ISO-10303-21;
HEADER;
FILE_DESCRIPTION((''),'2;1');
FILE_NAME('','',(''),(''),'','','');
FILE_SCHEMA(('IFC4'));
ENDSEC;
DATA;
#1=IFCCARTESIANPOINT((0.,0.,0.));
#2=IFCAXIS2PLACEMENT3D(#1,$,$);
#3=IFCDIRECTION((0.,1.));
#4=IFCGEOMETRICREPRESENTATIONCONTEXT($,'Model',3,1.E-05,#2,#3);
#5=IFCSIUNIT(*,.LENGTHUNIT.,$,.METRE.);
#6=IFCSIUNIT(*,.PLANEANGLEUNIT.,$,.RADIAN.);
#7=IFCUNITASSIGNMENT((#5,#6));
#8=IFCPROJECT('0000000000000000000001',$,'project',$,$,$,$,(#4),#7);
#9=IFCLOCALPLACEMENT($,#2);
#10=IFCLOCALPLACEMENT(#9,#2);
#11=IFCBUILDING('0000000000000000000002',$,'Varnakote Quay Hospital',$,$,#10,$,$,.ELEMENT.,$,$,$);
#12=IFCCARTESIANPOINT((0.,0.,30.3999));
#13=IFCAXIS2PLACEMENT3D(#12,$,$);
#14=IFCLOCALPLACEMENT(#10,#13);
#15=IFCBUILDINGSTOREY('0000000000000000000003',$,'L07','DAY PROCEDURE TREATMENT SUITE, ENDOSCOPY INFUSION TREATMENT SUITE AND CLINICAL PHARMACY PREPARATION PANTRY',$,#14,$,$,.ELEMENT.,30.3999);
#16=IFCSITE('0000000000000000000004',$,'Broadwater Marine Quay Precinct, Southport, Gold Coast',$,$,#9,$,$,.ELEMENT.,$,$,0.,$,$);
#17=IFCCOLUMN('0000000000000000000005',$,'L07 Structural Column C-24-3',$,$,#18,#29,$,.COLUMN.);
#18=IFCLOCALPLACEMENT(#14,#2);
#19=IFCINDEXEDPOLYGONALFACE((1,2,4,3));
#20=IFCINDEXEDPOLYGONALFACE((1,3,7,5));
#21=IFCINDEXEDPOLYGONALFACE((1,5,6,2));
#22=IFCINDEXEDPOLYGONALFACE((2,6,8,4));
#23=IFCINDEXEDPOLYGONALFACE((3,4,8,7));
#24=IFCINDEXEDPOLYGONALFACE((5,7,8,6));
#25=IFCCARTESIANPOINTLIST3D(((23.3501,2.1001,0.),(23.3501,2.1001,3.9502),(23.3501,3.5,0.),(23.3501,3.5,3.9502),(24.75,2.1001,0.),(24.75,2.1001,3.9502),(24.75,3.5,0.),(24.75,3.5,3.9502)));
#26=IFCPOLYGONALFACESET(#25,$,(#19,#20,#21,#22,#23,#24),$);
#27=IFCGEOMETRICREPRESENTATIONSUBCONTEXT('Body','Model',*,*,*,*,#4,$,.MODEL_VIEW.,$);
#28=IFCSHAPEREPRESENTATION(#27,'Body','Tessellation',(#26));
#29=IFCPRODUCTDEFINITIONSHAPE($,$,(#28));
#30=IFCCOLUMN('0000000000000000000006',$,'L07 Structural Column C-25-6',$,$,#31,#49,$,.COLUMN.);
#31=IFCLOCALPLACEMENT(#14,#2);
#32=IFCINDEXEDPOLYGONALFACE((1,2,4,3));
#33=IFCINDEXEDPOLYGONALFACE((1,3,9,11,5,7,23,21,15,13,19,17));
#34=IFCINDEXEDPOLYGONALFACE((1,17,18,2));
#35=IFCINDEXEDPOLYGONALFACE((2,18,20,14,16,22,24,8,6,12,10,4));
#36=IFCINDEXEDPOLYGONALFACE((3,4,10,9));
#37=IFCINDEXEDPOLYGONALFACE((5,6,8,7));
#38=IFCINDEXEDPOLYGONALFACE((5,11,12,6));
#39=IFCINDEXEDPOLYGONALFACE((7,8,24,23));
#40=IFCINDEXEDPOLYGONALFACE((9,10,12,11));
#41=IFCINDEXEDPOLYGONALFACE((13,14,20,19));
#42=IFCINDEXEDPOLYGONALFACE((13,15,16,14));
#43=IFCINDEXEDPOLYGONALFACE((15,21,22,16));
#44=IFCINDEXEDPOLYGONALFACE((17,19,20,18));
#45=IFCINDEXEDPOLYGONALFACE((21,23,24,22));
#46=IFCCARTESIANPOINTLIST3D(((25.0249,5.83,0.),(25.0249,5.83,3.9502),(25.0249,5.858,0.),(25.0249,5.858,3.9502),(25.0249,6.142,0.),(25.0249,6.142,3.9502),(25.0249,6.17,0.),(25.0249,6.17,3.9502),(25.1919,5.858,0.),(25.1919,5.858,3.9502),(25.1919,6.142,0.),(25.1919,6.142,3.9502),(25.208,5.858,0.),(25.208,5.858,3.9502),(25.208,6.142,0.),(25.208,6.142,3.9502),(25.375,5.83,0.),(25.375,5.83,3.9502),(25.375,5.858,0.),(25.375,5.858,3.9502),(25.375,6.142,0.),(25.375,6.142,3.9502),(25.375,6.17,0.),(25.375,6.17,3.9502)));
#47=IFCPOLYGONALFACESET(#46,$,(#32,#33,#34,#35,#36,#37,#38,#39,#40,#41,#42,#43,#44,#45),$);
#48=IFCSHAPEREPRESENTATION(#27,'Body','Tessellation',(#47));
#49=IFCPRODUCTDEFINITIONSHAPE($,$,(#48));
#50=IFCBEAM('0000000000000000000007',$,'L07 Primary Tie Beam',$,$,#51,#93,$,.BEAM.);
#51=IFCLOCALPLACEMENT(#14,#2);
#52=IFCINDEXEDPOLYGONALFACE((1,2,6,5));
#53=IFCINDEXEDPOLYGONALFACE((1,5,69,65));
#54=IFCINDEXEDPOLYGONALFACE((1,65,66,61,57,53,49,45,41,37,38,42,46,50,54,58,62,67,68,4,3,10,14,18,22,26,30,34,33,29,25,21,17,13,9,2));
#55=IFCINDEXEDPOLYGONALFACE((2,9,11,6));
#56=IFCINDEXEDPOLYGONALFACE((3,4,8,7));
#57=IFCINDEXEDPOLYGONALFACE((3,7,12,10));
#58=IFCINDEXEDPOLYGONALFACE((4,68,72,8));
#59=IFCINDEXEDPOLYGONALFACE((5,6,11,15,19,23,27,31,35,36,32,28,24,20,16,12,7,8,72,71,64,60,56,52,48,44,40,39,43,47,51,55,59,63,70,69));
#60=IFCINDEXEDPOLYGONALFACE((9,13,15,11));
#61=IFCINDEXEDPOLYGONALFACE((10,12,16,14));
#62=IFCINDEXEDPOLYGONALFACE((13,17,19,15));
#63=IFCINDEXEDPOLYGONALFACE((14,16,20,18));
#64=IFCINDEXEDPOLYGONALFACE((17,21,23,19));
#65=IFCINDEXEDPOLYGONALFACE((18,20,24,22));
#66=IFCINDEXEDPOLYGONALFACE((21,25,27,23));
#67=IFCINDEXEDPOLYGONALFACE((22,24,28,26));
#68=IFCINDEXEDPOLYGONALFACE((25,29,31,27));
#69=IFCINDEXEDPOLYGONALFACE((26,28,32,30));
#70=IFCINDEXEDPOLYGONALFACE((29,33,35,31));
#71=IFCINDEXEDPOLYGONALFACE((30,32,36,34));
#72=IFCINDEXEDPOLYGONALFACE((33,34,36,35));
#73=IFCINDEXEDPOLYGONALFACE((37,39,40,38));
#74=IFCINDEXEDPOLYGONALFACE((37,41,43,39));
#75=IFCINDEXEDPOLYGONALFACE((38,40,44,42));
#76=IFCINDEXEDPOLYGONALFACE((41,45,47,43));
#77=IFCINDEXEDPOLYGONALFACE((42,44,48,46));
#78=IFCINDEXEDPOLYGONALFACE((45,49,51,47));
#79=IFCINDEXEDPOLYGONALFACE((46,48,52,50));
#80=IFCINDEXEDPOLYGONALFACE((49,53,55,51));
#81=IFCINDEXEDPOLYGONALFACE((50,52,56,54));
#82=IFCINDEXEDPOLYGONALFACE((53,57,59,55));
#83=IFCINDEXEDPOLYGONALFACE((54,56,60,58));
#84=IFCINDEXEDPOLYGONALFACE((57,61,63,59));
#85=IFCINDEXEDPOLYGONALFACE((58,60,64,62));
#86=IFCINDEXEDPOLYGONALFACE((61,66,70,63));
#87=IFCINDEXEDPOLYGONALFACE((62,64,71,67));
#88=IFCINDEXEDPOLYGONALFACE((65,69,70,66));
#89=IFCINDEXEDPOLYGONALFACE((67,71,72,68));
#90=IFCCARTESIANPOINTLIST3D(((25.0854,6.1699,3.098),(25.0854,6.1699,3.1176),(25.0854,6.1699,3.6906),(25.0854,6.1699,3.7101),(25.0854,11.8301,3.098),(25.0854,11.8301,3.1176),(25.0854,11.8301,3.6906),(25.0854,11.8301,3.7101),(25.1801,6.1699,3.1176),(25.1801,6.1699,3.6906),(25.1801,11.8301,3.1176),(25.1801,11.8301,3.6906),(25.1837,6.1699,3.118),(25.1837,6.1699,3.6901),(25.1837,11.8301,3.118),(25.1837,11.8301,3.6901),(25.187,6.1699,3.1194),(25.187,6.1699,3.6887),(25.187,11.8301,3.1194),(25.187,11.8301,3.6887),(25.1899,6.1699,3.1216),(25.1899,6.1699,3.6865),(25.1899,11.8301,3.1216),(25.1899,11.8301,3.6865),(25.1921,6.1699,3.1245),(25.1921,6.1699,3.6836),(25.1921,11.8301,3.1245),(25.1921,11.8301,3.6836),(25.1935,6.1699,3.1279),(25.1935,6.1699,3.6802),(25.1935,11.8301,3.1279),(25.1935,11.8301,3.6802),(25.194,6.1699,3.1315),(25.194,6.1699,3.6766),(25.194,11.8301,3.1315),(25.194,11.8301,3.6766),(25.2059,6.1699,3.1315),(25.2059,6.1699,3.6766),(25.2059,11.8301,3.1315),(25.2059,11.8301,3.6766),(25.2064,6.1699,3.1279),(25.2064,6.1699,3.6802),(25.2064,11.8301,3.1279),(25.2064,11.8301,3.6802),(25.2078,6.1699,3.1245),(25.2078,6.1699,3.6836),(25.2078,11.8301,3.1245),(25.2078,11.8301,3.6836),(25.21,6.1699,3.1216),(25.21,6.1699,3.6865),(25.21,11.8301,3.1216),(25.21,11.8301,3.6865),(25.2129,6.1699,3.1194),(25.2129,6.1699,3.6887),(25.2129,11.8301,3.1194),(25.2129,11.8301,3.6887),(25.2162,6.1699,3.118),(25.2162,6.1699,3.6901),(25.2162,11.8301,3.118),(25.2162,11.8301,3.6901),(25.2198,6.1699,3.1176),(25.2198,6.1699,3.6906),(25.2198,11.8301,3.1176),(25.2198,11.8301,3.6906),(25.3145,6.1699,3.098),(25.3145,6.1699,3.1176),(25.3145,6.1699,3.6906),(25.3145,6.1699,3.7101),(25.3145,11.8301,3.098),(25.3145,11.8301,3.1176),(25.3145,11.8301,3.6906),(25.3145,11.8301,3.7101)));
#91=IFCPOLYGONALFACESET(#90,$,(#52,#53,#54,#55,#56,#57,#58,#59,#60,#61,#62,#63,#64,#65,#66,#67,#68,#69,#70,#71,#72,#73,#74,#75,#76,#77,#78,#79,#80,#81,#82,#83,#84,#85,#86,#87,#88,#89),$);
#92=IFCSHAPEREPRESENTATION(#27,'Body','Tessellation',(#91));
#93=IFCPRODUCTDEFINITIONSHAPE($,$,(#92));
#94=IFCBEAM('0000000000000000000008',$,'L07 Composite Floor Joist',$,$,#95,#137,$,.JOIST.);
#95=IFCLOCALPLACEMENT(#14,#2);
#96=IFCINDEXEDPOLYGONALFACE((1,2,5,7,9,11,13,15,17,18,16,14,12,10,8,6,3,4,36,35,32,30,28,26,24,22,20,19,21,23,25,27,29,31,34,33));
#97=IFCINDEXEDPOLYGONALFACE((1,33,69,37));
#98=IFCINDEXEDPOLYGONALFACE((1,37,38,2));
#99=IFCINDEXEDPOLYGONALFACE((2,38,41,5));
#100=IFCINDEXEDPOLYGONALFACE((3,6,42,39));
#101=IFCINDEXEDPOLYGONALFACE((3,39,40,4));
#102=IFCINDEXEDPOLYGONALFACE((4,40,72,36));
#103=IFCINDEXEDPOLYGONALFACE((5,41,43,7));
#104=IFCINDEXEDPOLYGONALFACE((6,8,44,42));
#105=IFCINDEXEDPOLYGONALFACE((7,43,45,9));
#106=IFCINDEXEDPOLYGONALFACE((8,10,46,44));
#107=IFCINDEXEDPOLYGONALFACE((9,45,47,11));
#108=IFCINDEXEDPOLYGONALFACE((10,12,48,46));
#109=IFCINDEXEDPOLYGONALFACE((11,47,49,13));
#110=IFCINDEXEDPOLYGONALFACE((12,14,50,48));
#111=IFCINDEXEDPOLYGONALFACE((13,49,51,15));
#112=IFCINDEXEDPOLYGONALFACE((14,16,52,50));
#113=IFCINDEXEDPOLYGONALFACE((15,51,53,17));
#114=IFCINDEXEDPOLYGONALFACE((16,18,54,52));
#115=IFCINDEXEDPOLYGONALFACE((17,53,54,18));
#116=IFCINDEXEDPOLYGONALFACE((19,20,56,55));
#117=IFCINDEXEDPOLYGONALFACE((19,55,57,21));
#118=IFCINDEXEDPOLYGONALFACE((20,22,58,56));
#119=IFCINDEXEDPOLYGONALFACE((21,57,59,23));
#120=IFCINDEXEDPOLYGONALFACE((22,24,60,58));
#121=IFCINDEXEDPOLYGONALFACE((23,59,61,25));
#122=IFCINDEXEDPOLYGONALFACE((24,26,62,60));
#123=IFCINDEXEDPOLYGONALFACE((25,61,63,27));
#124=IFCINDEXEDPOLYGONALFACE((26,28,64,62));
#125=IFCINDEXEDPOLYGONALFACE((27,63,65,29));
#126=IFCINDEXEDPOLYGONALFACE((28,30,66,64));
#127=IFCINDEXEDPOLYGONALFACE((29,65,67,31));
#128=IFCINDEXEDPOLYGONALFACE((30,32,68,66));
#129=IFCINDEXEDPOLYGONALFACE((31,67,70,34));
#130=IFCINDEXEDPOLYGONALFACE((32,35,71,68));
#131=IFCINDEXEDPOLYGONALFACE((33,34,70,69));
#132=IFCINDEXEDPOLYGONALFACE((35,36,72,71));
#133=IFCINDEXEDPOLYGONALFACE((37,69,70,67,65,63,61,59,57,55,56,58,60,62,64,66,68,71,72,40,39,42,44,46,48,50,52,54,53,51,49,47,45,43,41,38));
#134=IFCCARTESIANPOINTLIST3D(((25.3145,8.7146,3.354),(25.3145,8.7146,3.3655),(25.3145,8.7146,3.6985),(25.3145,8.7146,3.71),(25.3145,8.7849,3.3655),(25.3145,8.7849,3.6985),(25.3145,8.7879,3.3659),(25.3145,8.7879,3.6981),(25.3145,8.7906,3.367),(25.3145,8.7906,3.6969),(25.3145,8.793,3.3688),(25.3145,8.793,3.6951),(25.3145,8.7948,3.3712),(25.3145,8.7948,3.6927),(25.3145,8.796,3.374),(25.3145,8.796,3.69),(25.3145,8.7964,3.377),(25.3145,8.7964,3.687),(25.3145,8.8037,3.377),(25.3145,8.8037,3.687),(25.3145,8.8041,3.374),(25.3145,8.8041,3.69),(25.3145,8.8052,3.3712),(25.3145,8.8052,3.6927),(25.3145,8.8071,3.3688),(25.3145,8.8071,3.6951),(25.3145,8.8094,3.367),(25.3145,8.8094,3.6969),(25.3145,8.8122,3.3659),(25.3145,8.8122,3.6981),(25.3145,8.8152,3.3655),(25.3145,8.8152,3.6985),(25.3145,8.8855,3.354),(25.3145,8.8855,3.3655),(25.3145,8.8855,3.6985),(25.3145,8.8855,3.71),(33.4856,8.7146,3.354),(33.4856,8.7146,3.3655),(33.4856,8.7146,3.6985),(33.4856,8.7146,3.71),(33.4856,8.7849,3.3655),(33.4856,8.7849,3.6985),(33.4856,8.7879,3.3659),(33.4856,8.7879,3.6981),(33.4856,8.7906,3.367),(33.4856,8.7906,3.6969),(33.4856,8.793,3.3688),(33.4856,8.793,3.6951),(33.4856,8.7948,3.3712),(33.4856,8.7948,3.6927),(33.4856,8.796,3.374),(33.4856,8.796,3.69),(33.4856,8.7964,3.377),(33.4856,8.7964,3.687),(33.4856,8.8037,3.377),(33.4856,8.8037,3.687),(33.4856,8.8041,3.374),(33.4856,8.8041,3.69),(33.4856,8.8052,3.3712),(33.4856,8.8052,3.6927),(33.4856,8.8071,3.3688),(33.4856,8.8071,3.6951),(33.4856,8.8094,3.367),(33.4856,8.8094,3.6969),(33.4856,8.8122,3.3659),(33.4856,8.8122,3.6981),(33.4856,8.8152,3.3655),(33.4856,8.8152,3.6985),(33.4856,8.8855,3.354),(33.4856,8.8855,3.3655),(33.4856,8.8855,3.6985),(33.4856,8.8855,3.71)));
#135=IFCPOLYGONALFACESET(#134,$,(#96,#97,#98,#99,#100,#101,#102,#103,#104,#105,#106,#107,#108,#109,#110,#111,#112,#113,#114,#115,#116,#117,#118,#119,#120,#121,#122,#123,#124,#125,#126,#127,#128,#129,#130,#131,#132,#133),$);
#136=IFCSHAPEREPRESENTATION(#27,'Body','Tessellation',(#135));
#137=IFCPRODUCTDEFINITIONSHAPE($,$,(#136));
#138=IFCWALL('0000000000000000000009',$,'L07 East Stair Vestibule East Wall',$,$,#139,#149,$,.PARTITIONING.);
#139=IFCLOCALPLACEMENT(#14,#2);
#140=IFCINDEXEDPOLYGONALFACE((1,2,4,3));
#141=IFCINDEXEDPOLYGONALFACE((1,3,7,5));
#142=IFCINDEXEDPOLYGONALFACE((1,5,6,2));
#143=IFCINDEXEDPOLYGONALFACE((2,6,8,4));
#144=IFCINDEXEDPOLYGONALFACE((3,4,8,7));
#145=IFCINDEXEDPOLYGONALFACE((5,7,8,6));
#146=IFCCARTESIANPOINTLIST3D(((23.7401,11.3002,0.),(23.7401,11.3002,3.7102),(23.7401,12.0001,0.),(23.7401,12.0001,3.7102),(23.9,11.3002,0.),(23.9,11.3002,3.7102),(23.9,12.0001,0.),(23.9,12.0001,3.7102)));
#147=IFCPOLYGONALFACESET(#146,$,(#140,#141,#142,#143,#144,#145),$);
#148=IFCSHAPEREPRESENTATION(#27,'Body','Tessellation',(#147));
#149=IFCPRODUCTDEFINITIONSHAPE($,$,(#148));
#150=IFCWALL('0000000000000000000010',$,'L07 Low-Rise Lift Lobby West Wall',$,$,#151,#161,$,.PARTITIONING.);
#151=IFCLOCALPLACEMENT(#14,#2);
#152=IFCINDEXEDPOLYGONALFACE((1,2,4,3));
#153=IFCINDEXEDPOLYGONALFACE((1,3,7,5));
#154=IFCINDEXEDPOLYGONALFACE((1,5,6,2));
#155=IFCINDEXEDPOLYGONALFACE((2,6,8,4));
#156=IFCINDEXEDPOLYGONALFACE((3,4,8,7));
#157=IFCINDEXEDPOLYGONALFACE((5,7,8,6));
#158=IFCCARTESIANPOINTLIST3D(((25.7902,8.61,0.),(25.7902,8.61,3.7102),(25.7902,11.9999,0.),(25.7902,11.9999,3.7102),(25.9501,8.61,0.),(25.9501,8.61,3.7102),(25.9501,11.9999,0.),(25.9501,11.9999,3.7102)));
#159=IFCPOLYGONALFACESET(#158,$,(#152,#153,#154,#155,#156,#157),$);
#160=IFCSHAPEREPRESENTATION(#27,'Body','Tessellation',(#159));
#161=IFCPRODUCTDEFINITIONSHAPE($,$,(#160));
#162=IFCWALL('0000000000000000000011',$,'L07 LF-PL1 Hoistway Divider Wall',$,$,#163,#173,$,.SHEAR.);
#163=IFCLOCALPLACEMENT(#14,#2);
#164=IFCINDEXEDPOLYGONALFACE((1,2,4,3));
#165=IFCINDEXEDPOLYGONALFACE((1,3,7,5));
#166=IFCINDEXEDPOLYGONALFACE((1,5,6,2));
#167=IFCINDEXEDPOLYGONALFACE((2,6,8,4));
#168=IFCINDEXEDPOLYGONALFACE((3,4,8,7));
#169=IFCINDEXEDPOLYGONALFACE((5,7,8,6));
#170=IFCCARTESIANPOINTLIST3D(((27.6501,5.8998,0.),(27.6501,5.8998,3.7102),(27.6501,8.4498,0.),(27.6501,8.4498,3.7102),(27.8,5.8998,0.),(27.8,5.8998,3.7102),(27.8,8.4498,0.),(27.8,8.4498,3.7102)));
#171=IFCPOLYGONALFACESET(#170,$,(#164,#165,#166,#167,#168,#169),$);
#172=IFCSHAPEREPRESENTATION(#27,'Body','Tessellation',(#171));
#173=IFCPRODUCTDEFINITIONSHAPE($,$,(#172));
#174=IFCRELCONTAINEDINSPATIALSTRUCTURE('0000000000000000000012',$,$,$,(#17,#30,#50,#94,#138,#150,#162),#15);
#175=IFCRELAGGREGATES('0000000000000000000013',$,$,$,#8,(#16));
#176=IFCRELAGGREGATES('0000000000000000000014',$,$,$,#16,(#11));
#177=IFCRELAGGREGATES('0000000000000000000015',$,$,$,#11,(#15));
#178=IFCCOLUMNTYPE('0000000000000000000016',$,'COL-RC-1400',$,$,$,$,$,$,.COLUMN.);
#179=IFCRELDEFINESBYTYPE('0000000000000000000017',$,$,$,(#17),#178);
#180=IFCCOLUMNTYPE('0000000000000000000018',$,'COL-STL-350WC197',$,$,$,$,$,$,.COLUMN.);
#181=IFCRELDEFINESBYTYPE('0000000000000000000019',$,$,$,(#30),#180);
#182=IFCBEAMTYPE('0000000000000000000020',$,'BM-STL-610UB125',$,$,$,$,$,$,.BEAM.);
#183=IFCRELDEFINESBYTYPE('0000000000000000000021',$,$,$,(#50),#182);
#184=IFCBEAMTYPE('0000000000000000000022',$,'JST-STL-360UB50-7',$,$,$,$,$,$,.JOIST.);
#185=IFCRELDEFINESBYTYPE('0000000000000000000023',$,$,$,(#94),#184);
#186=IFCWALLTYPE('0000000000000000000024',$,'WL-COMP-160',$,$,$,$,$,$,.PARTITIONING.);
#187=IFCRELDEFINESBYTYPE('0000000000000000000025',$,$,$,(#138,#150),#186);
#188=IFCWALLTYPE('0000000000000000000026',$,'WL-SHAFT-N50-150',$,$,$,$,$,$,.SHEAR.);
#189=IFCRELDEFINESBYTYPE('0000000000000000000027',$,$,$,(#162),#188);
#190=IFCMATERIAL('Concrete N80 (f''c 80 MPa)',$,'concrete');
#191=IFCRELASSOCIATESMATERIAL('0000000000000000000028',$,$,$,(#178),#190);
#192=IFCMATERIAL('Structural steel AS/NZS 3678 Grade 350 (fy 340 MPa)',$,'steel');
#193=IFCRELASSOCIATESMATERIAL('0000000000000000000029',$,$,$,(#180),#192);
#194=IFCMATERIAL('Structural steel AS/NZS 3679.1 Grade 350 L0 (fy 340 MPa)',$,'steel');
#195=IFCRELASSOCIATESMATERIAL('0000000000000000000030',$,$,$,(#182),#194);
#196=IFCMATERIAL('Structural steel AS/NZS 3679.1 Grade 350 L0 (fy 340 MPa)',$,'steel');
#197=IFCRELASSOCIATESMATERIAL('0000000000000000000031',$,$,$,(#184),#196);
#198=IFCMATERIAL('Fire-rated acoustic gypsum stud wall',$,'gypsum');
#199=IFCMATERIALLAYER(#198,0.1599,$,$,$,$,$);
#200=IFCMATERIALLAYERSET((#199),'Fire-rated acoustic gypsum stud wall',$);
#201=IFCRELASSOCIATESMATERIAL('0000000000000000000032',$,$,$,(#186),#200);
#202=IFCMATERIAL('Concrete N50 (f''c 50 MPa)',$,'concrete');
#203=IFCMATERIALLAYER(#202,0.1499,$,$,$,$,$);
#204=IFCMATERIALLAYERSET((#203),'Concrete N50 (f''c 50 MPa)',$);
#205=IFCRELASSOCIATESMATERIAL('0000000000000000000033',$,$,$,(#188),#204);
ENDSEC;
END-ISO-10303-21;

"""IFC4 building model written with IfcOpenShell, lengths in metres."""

from ifc_helpers import new_model, si_unit, direction, frame, frame_2d, origin, origin_2d, place, context, subcontext, project, spatial, rectangle, i_section, extrude, material, layer, layer_set, material_profile, profile_set, type_object, element, save


model = new_model("IFC4")

# Units and contexts
model_context = context("Model", 3, precision=1e-05, world=origin(), true_north=direction((0.0, 1.0)))
body_context = subcontext(model_context, "Body", "Model", "MODEL_VIEW")
ifc_project = project(units=[si_unit("LENGTHUNIT", "METRE"), si_unit("PLANEANGLEUNIT", "RADIAN")], contexts=[model_context])

# Site, building, storey
site_placement = place(None, origin())
site = spatial("IfcSite", under=ifc_project, at=site_placement, Name="Broadwater Marine Quay Precinct, Southport, Gold Coast", CompositionType="ELEMENT", RefElevation=0.0)
building_placement = place(site_placement, origin())
building = spatial("IfcBuilding", under=site, at=building_placement, Name="Varnakote Quay Hospital", CompositionType="ELEMENT")
storey_placement = place(building_placement, frame((0.0, 0.0, 30.3999)))
storey = spatial("IfcBuildingStorey", under=building, at=storey_placement, Name="L07", Description="DAY PROCEDURE TREATMENT SUITE, ENDOSCOPY INFUSION TREATMENT SUITE AND CLINICAL PHARMACY PREPARATION PANTRY", CompositionType="ELEMENT", Elevation=30.3999)

# Columns
ifc_material_1 = material(Name="Concrete N80 (f'c 80 MPa)", Category="concrete")
ifc_material_profile_1 = material_profile(ifc_material_1, rectangle(XDim=1.3999, YDim=1.3999, at=origin_2d()), Name="RC-COL-1400x1400")
ifc_profile_set_1 = profile_set([ifc_material_profile_1], Name="Concrete N80 (f'c 80 MPa)")
column_type_1 = type_object("IfcColumnType", Name="COL-RC-1400", PredefinedType="COLUMN", material=ifc_profile_set_1)
column_1_placement = place(storey_placement, frame((24.05, 2.8, 0.0), z_axis=(0.0, 0.0, 1.0), x_axis=(1.0, 0.0, 0.0)))
element("IfcColumn", 1, at=column_1_placement, inside=storey, type_object=column_type_1, Name="L07 Structural Column C-24-3", PredefinedType="COLUMN", context=body_context, shape_type="SweptSolid", body=[
    extrude(rectangle(XDim=1.3999, YDim=1.3999, at=origin_2d()), origin(), (0.0, 0.0, 1.0), 3.9502),
])
ifc_material_2 = material(Name="Structural steel AS/NZS 3678 Grade 350 (fy 340 MPa)", Category="steel")
ifc_material_profile_2 = material_profile(ifc_material_2, i_section(OverallWidth=0.3501, OverallDepth=0.3401, WebThickness=0.0161, FlangeThickness=0.0281, at=origin_2d()), Name="350WC197")
ifc_profile_set_2 = profile_set([ifc_material_profile_2], Name="Structural steel AS/NZS 3678 Grade 350 (fy 340 MPa)")
column_type_2 = type_object("IfcColumnType", Name="COL-STL-350WC197", PredefinedType="COLUMN", material=ifc_profile_set_2)
column_2_placement = place(storey_placement, frame((25.2, 6.0, 0.0), z_axis=(0.0, 0.0, 1.0), x_axis=(1.0, 0.0, 0.0)))
element("IfcColumn", 2, at=column_2_placement, inside=storey, type_object=column_type_2, Name="L07 Structural Column C-25-6", PredefinedType="COLUMN", context=body_context, shape_type="SweptSolid", body=[
    extrude(i_section(OverallWidth=0.3501, OverallDepth=0.3401, WebThickness=0.0161, FlangeThickness=0.0281, at=origin_2d()), origin(), (0.0, 0.0, 1.0), 3.9502),
])

# Beams
ifc_material_3 = material(Name="Structural steel AS/NZS 3679.1 Grade 350 L0 (fy 340 MPa)", Category="steel")
ifc_material_profile_3 = material_profile(ifc_material_3, i_section(OverallWidth=0.229, OverallDepth=0.6121, WebThickness=0.012, FlangeThickness=0.0195, FilletRadius=0.0139, at=origin_2d()), Name="610UB125")
ifc_profile_set_3 = profile_set([ifc_material_profile_3], Name="Structural steel AS/NZS 3679.1 Grade 350 L0 (fy 340 MPa)")
beam_type_1 = type_object("IfcBeamType", Name="BM-STL-610UB125", PredefinedType="BEAM", material=ifc_profile_set_3)
beam_1_placement = place(storey_placement, frame((25.2, 6.1699, 3.4041), z_axis=(0.0, 1.0, 0.0), x_axis=(-1.0, 0.0, 0.0)))
element("IfcBeam", 3, at=beam_1_placement, inside=storey, type_object=beam_type_1, Name="L07 Primary Tie Beam", PredefinedType="BEAM", context=body_context, shape_type="SweptSolid", body=[
    extrude(i_section(OverallWidth=0.229, OverallDepth=0.6121, WebThickness=0.012, FlangeThickness=0.0195, FilletRadius=0.0139, at=origin_2d()), origin(), (0.0, 0.0, 1.0), 5.6602),
])
ifc_material_4 = material(Name="Structural steel AS/NZS 3679.1 Grade 350 L0 (fy 340 MPa)", Category="steel")
ifc_material_profile_4 = material_profile(ifc_material_4, i_section(OverallWidth=0.1709, OverallDepth=0.356, WebThickness=0.0073, FlangeThickness=0.0115, FilletRadius=0.0115, at=origin_2d()), Name="360UB50.7")
ifc_profile_set_4 = profile_set([ifc_material_profile_4], Name="Structural steel AS/NZS 3679.1 Grade 350 L0 (fy 340 MPa)")
beam_type_2 = type_object("IfcBeamType", Name="JST-STL-360UB50-7", PredefinedType="JOIST", material=ifc_profile_set_4)
beam_2_placement = place(storey_placement, frame((25.3145, 8.8, 3.532), z_axis=(1.0, 0.0, 0.0), x_axis=(0.0, 1.0, 0.0)))
element("IfcBeam", 4, at=beam_2_placement, inside=storey, type_object=beam_type_2, Name="L07 Composite Floor Joist", PredefinedType="JOIST", context=body_context, shape_type="SweptSolid", body=[
    extrude(i_section(OverallWidth=0.1709, OverallDepth=0.356, WebThickness=0.0073, FlangeThickness=0.0115, FilletRadius=0.0115, at=origin_2d()), origin(), (0.0, 0.0, 1.0), 8.1711),
])

# Walls
ifc_material_5 = material(Name="Fire-rated acoustic gypsum stud wall", Category="gypsum")
ifc_layer_1 = layer(ifc_material_5, 0.1599)
ifc_layer_set_1 = layer_set([ifc_layer_1], Name="Fire-rated acoustic gypsum stud wall")
wall_type_1 = type_object("IfcWallType", Name="WL-COMP-160", PredefinedType="PARTITIONING", material=ifc_layer_set_1)
wall_1_placement = place(storey_placement, frame((23.8201, 11.3, 0.0), z_axis=(0.0, 0.0, 1.0), x_axis=(0.0, 1.0, 0.0)))
element("IfcWall", 5, at=wall_1_placement, inside=storey, type_object=wall_type_1, Name="L07 East Stair Vestibule East Wall", PredefinedType="PARTITIONING", context=body_context, shape_type="SweptSolid", body=[
    extrude(rectangle(XDim=0.7, YDim=0.1599, at=frame_2d((0.3501, 0.0))), origin(), (0.0, 0.0, 1.0), 3.7102),
])
wall_2_placement = place(storey_placement, frame((25.8701, 8.6101, 0.0), z_axis=(0.0, 0.0, 1.0), x_axis=(0.0, 1.0, 0.0)))
element("IfcWall", 6, at=wall_2_placement, inside=storey, type_object=wall_type_1, Name="L07 Low-Rise Lift Lobby West Wall", PredefinedType="PARTITIONING", context=body_context, shape_type="SweptSolid", body=[
    extrude(rectangle(XDim=3.3899, YDim=0.1599, at=frame_2d((1.6948, 0.0))), origin(), (0.0, 0.0, 1.0), 3.7102),
])
ifc_material_6 = material(Name="Concrete N50 (f'c 50 MPa)", Category="concrete")
ifc_layer_2 = layer(ifc_material_6, 0.1499)
ifc_layer_set_2 = layer_set([ifc_layer_2], Name="Concrete N50 (f'c 50 MPa)")
wall_type_2 = type_object("IfcWallType", Name="WL-SHAFT-N50-150", PredefinedType="SHEAR", material=ifc_layer_set_2)
wall_3_placement = place(storey_placement, frame((27.7251, 5.8999, 0.0), z_axis=(0.0, 0.0, 1.0), x_axis=(0.0, 1.0, 0.0)))
element("IfcWall", 7, at=wall_3_placement, inside=storey, type_object=wall_type_2, Name="L07 LF-PL1 Hoistway Divider Wall", PredefinedType="SHEAR", context=body_context, shape_type="SweptSolid", body=[
    extrude(rectangle(XDim=2.55, YDim=0.1499, at=frame_2d((1.2749, 0.0))), origin(), (0.0, 0.0, 1.0), 3.7102),
])

save(model, "model.ifc")
